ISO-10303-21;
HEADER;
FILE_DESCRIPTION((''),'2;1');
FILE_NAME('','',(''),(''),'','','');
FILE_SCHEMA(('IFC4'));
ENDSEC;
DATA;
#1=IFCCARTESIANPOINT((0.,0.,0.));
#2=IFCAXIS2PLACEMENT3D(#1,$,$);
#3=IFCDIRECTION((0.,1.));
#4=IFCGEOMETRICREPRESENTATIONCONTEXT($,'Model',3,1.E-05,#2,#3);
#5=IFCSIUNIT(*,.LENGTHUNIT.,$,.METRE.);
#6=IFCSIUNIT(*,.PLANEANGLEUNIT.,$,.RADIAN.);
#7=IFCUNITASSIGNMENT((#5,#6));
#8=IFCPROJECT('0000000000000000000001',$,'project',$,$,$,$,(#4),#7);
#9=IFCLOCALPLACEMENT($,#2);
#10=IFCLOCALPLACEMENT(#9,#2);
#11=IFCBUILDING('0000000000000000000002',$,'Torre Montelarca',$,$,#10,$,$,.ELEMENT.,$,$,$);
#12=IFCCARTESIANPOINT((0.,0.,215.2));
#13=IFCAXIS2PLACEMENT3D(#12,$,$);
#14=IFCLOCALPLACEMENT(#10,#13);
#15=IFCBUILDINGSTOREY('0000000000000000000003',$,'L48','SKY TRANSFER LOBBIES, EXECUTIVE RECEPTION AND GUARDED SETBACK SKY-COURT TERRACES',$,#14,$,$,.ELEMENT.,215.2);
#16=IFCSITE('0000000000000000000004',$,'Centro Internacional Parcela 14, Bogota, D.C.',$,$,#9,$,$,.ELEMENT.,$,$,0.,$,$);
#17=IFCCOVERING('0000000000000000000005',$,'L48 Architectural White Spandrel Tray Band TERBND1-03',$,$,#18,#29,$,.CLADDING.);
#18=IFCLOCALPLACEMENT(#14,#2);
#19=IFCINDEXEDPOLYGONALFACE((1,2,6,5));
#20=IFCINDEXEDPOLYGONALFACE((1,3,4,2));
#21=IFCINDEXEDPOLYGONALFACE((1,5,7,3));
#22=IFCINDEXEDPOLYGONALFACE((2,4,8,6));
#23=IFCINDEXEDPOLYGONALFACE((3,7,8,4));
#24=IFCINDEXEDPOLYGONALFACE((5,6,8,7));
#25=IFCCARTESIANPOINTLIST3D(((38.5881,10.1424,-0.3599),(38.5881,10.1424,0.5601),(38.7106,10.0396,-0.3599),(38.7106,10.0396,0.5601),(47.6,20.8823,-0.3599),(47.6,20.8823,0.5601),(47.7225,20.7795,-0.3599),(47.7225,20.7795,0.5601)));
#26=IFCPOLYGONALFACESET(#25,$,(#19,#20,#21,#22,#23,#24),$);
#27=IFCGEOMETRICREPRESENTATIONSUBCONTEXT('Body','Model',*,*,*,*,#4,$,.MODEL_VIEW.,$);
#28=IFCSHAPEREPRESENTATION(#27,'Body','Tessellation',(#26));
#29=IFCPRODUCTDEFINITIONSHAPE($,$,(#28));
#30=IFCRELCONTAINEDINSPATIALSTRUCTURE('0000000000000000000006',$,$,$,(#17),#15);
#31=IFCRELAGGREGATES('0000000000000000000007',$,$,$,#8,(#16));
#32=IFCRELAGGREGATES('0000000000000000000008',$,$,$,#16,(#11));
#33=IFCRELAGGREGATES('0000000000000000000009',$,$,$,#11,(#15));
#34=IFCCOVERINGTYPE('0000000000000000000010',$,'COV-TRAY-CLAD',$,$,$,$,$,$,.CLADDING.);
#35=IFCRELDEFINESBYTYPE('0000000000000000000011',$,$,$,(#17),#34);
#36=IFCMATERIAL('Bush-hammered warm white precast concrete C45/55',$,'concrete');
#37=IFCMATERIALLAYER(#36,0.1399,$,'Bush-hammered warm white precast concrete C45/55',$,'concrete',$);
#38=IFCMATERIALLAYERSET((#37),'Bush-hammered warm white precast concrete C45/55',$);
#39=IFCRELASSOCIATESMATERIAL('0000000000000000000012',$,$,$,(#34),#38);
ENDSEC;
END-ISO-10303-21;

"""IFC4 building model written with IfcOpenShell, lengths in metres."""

from ifc_helpers import new_model, si_unit, direction, frame, origin, origin_2d, place, context, subcontext, project, spatial, rectangle, extrude, source, transform, mapped, material, layer, layer_set, type_object, element, save


model = new_model("IFC4")

# Units and contexts
model_context = context("Model", 3, precision=1e-05, world=origin(), true_north=direction((0.0, 1.0)))
body_context = subcontext(model_context, "Body", "Model", "MODEL_VIEW")
ifc_project = project(units=[si_unit("LENGTHUNIT", "METRE"), si_unit("PLANEANGLEUNIT", "RADIAN")], contexts=[model_context])

# Site, building, storey
site_placement = place(None, origin())
site = spatial("IfcSite", under=ifc_project, at=site_placement, Name="Centro Internacional Parcela 14, Bogota, D.C.", CompositionType="ELEMENT", RefElevation=0.0)
building_placement = place(site_placement, origin())
building = spatial("IfcBuilding", under=site, at=building_placement, Name="Torre Montelarca", CompositionType="ELEMENT")
storey_placement = place(building_placement, frame((0.0, 0.0, 215.2)))
storey = spatial("IfcBuildingStorey", under=building, at=storey_placement, Name="L48", Description="SKY TRANSFER LOBBIES, EXECUTIVE RECEPTION AND GUARDED SETBACK SKY-COURT TERRACES", CompositionType="ELEMENT", Elevation=215.2)

# Covering
ifc_material_1 = material(Name="Bush-hammered warm white precast concrete C45/55", Category="concrete")
ifc_layer_1 = layer(ifc_material_1, 0.1399, Name="Bush-hammered warm white precast concrete C45/55", Category="concrete")
ifc_layer_set_1 = layer_set([ifc_layer_1], Name="Bush-hammered warm white precast concrete C45/55")
covering_type = type_object("IfcCoveringType", Name="COV-TRAY-CLAD", PredefinedType="CLADDING", material=ifc_layer_set_1)
shared_shape_1 = source(origin(), body_context, "Body", "SweptSolid", [
    extrude(rectangle(XDim=14.02, YDim=0.1599, at=origin_2d()), origin(), (0.0, 0.0, 1.0), 0.9199),
])
covering_1_placement = place(storey_placement, frame((43.1553, 15.4609, -0.3599), z_axis=(0.0, 0.0, 1.0), x_axis=(0.64279, 0.766042, 0.0)))
element("IfcCovering", 1, at=covering_1_placement, inside=storey, type_object=covering_type, Name="L48 Architectural White Spandrel Tray Band TERBND1-03", PredefinedType="CLADDING", context=body_context, shape_type="MappedRepresentation", body=[
    mapped(shared_shape_1, transform((0.0, 0.0, 0.0), scale=1.0)),
])

save(model, "model.ifc")
